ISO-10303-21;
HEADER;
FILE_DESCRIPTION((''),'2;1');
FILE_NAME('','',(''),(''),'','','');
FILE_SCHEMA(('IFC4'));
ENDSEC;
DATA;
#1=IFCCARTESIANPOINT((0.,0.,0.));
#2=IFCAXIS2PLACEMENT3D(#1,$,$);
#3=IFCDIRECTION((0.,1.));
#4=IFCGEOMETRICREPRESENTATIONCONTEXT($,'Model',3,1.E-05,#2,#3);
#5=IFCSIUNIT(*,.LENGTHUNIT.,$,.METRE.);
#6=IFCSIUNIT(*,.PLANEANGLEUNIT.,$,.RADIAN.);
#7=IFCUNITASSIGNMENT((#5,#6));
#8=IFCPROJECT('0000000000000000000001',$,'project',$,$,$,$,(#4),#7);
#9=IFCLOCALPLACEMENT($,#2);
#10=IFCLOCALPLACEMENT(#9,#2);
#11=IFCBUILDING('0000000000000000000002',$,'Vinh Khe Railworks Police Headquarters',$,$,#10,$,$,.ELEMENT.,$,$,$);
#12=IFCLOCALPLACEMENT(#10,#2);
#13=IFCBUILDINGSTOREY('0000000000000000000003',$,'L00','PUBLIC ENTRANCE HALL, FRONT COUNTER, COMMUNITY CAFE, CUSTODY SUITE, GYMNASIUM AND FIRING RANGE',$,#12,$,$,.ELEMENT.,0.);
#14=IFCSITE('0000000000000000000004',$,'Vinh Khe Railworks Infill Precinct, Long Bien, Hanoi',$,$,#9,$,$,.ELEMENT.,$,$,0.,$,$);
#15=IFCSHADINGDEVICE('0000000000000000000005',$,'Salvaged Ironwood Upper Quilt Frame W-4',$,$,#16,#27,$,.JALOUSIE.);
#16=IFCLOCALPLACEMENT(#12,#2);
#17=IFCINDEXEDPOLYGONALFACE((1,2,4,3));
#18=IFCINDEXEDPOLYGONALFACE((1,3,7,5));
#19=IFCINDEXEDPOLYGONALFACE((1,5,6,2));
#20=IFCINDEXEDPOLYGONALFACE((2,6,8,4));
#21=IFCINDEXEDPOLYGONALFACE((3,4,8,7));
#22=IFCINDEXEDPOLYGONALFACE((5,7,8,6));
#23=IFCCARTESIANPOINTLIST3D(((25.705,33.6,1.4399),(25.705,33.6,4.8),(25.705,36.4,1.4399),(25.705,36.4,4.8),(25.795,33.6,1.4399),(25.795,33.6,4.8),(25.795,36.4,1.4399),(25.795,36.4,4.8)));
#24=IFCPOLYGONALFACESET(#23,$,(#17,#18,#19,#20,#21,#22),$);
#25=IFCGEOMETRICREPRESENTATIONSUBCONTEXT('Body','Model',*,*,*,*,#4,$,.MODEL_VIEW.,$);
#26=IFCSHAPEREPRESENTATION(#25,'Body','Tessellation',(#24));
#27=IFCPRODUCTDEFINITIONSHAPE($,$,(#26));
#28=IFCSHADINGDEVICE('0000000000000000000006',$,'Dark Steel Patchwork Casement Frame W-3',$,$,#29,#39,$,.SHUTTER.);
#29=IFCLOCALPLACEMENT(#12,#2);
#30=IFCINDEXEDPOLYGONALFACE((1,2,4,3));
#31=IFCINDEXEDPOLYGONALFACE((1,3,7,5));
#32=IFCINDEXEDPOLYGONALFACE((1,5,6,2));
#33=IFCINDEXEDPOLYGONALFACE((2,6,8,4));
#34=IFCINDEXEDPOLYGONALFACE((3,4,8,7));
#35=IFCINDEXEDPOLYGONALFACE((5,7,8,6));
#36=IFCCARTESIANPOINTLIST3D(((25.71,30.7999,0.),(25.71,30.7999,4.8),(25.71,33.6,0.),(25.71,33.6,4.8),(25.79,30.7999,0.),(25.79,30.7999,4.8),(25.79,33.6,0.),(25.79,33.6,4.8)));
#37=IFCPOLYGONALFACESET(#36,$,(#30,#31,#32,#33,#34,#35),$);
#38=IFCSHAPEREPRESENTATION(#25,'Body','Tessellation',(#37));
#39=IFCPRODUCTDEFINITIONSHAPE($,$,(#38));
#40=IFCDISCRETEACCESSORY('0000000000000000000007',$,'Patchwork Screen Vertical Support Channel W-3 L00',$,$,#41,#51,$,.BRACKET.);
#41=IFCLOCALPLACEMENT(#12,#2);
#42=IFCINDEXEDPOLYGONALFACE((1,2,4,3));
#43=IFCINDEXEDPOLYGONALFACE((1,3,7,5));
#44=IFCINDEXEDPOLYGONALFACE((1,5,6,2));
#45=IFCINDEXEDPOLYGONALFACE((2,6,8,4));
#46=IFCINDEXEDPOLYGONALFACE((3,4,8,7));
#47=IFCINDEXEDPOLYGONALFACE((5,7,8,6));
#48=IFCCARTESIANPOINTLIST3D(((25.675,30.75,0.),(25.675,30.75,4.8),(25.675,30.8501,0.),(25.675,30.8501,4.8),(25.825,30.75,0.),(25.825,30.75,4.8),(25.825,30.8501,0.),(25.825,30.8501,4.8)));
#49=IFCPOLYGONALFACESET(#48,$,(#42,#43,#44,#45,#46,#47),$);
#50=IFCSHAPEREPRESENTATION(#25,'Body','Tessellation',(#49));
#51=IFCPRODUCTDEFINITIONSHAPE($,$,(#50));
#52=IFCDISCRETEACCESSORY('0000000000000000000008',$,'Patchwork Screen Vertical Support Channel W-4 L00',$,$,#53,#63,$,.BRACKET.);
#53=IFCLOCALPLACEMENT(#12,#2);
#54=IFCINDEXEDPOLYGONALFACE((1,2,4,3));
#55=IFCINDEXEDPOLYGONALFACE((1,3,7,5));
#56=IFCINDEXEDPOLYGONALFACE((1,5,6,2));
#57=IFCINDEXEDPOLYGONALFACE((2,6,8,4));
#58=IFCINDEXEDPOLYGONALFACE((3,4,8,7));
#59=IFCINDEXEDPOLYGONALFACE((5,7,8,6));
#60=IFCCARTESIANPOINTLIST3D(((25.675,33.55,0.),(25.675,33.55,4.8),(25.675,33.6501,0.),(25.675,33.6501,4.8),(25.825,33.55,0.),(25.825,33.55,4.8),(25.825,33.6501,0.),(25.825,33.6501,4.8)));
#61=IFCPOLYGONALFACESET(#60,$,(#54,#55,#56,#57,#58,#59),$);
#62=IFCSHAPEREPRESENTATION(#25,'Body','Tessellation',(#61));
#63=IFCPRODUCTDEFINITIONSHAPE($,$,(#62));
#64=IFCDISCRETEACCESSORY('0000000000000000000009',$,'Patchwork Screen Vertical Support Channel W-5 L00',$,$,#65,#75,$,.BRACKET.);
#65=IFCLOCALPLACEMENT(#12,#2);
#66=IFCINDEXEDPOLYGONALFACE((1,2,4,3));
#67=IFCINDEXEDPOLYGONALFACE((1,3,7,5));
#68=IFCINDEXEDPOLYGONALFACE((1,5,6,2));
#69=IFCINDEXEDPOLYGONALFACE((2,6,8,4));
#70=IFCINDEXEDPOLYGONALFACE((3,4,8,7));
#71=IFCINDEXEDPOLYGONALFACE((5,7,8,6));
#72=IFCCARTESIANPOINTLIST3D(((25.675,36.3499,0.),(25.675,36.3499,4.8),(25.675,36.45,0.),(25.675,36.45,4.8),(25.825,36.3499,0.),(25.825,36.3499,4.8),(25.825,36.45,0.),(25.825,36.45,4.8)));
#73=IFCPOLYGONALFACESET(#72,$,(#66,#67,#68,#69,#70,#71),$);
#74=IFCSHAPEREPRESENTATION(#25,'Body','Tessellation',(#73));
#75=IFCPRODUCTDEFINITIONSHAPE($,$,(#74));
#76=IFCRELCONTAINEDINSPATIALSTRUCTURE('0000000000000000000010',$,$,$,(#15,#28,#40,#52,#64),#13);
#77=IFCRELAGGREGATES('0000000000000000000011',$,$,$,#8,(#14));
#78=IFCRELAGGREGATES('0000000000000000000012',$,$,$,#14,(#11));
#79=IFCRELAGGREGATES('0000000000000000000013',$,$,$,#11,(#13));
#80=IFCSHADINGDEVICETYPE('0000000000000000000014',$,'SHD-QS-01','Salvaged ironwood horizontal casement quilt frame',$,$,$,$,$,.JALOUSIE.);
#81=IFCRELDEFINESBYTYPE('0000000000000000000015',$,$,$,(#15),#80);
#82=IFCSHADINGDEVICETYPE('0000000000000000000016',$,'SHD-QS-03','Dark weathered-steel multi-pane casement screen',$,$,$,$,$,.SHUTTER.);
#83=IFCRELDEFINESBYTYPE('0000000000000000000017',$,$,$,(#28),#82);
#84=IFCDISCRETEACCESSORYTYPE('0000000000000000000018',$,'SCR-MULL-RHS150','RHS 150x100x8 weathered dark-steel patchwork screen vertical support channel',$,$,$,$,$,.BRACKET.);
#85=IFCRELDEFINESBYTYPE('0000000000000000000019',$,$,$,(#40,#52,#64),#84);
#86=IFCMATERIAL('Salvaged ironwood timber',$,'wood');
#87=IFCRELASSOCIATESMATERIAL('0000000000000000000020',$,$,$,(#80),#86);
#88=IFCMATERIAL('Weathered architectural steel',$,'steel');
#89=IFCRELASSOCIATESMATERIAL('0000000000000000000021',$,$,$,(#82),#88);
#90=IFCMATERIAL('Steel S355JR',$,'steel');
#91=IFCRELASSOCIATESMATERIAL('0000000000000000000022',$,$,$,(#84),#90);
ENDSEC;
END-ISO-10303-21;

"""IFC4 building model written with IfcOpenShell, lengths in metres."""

from ifc_helpers import new_model, si_unit, direction, frame, origin, origin_2d, place, context, subcontext, project, spatial, rectangle, extrude, material, type_object, element, save


model = new_model("IFC4")

# Units and contexts
model_context = context("Model", 3, precision=1e-05, world=origin(), true_north=direction((0.0, 1.0)))
body_context = subcontext(model_context, "Body", "Model", "MODEL_VIEW")
ifc_project = project(units=[si_unit("LENGTHUNIT", "METRE"), si_unit("PLANEANGLEUNIT", "RADIAN")], contexts=[model_context])

# Site, building, storey
site_placement = place(None, origin())
site = spatial("IfcSite", under=ifc_project, at=site_placement, Name="Vinh Khe Railworks Infill Precinct, Long Bien, Hanoi", CompositionType="ELEMENT", RefElevation=0.0)
building_placement = place(site_placement, origin())
building = spatial("IfcBuilding", under=site, at=building_placement, Name="Vinh Khe Railworks Police Headquarters", CompositionType="ELEMENT")
storey_placement = place(building_placement, origin())
storey = spatial("IfcBuildingStorey", under=building, at=storey_placement, Name="L00", Description="PUBLIC ENTRANCE HALL, FRONT COUNTER, COMMUNITY CAFE, CUSTODY SUITE, GYMNASIUM AND FIRING RANGE", CompositionType="ELEMENT", Elevation=0.0)

# Shared definitions
ifc_material_1 = material(Name="Steel S355JR", Category="steel")

# Shared definitions
ifc_material_2 = material(Name="Salvaged ironwood timber", Category="wood")

# Shading devices
shading_device_type_1 = type_object("IfcShadingDeviceType", Name="SHD-QS-01", Description="Salvaged ironwood horizontal casement quilt frame", PredefinedType="JALOUSIE", material=ifc_material_2)
shading_device_1_placement = place(storey_placement, frame((25.75, 35.0, 1.4399), z_axis=(0.0, 0.0, 1.0), x_axis=(0.0, 1.0, 0.0)))
element("IfcShadingDevice", 1, at=shading_device_1_placement, inside=storey, type_object=shading_device_type_1, Name="Salvaged Ironwood Upper Quilt Frame W-4", PredefinedType="JALOUSIE", context=body_context, shape_type="SweptSolid", body=[
    extrude(rectangle(XDim=2.8, YDim=0.0901, at=origin_2d()), origin(), (0.0, 0.0, 1.0), 3.3601),
])
ifc_material_3 = material(Name="Weathered architectural steel", Category="steel")
shading_device_type_2 = type_object("IfcShadingDeviceType", Name="SHD-QS-03", Description="Dark weathered-steel multi-pane casement screen", PredefinedType="SHUTTER", material=ifc_material_3)
shading_device_2_placement = place(storey_placement, frame((25.75, 32.2, 0.0), z_axis=(0.0, 0.0, 1.0), x_axis=(0.0, 1.0, 0.0)))
element("IfcShadingDevice", 2, at=shading_device_2_placement, inside=storey, type_object=shading_device_type_2, Name="Dark Steel Patchwork Casement Frame W-3", PredefinedType="SHUTTER", context=body_context, shape_type="SweptSolid", body=[
    extrude(rectangle(XDim=2.8, YDim=0.0801, at=origin_2d()), origin(), (0.0, 0.0, 1.0), 4.8),
])

# Discrete accessories
discrete_accessory_type = type_object("IfcDiscreteAccessoryType", Name="SCR-MULL-RHS150", Description="RHS 150x100x8 weathered dark-steel patchwork screen vertical support channel", PredefinedType="BRACKET", material=ifc_material_1)
for number, where, z_axis, x_axis, name in (
    (3, (25.75, 30.8, 0.0), (0.0, 0.0, 1.0), (1.0, 0.0, 0.0), "Patchwork Screen Vertical Support Channel W-3 L00"),
    (4, (25.75, 33.6001, 0.0), (0.0, 0.0, 1.0), (1.0, 0.0, 0.0), "Patchwork Screen Vertical Support Channel W-4 L00"),
    (5, (25.75, 36.3999, 0.0), (0.0, 0.0, 1.0), (1.0, 0.0, 0.0), "Patchwork Screen Vertical Support Channel W-5 L00"),
):
    element("IfcDiscreteAccessory", number, at=place(storey_placement, frame(where, z_axis=z_axis, x_axis=x_axis)), inside=storey, type_object=discrete_accessory_type, Name=name, PredefinedType="BRACKET", context=body_context, shape_type="SweptSolid", body=[
        extrude(rectangle(XDim=0.1499, YDim=0.1001, at=origin_2d()), origin(), (0.0, 0.0, 1.0), 4.8),
    ])

save(model, "model.ifc")
